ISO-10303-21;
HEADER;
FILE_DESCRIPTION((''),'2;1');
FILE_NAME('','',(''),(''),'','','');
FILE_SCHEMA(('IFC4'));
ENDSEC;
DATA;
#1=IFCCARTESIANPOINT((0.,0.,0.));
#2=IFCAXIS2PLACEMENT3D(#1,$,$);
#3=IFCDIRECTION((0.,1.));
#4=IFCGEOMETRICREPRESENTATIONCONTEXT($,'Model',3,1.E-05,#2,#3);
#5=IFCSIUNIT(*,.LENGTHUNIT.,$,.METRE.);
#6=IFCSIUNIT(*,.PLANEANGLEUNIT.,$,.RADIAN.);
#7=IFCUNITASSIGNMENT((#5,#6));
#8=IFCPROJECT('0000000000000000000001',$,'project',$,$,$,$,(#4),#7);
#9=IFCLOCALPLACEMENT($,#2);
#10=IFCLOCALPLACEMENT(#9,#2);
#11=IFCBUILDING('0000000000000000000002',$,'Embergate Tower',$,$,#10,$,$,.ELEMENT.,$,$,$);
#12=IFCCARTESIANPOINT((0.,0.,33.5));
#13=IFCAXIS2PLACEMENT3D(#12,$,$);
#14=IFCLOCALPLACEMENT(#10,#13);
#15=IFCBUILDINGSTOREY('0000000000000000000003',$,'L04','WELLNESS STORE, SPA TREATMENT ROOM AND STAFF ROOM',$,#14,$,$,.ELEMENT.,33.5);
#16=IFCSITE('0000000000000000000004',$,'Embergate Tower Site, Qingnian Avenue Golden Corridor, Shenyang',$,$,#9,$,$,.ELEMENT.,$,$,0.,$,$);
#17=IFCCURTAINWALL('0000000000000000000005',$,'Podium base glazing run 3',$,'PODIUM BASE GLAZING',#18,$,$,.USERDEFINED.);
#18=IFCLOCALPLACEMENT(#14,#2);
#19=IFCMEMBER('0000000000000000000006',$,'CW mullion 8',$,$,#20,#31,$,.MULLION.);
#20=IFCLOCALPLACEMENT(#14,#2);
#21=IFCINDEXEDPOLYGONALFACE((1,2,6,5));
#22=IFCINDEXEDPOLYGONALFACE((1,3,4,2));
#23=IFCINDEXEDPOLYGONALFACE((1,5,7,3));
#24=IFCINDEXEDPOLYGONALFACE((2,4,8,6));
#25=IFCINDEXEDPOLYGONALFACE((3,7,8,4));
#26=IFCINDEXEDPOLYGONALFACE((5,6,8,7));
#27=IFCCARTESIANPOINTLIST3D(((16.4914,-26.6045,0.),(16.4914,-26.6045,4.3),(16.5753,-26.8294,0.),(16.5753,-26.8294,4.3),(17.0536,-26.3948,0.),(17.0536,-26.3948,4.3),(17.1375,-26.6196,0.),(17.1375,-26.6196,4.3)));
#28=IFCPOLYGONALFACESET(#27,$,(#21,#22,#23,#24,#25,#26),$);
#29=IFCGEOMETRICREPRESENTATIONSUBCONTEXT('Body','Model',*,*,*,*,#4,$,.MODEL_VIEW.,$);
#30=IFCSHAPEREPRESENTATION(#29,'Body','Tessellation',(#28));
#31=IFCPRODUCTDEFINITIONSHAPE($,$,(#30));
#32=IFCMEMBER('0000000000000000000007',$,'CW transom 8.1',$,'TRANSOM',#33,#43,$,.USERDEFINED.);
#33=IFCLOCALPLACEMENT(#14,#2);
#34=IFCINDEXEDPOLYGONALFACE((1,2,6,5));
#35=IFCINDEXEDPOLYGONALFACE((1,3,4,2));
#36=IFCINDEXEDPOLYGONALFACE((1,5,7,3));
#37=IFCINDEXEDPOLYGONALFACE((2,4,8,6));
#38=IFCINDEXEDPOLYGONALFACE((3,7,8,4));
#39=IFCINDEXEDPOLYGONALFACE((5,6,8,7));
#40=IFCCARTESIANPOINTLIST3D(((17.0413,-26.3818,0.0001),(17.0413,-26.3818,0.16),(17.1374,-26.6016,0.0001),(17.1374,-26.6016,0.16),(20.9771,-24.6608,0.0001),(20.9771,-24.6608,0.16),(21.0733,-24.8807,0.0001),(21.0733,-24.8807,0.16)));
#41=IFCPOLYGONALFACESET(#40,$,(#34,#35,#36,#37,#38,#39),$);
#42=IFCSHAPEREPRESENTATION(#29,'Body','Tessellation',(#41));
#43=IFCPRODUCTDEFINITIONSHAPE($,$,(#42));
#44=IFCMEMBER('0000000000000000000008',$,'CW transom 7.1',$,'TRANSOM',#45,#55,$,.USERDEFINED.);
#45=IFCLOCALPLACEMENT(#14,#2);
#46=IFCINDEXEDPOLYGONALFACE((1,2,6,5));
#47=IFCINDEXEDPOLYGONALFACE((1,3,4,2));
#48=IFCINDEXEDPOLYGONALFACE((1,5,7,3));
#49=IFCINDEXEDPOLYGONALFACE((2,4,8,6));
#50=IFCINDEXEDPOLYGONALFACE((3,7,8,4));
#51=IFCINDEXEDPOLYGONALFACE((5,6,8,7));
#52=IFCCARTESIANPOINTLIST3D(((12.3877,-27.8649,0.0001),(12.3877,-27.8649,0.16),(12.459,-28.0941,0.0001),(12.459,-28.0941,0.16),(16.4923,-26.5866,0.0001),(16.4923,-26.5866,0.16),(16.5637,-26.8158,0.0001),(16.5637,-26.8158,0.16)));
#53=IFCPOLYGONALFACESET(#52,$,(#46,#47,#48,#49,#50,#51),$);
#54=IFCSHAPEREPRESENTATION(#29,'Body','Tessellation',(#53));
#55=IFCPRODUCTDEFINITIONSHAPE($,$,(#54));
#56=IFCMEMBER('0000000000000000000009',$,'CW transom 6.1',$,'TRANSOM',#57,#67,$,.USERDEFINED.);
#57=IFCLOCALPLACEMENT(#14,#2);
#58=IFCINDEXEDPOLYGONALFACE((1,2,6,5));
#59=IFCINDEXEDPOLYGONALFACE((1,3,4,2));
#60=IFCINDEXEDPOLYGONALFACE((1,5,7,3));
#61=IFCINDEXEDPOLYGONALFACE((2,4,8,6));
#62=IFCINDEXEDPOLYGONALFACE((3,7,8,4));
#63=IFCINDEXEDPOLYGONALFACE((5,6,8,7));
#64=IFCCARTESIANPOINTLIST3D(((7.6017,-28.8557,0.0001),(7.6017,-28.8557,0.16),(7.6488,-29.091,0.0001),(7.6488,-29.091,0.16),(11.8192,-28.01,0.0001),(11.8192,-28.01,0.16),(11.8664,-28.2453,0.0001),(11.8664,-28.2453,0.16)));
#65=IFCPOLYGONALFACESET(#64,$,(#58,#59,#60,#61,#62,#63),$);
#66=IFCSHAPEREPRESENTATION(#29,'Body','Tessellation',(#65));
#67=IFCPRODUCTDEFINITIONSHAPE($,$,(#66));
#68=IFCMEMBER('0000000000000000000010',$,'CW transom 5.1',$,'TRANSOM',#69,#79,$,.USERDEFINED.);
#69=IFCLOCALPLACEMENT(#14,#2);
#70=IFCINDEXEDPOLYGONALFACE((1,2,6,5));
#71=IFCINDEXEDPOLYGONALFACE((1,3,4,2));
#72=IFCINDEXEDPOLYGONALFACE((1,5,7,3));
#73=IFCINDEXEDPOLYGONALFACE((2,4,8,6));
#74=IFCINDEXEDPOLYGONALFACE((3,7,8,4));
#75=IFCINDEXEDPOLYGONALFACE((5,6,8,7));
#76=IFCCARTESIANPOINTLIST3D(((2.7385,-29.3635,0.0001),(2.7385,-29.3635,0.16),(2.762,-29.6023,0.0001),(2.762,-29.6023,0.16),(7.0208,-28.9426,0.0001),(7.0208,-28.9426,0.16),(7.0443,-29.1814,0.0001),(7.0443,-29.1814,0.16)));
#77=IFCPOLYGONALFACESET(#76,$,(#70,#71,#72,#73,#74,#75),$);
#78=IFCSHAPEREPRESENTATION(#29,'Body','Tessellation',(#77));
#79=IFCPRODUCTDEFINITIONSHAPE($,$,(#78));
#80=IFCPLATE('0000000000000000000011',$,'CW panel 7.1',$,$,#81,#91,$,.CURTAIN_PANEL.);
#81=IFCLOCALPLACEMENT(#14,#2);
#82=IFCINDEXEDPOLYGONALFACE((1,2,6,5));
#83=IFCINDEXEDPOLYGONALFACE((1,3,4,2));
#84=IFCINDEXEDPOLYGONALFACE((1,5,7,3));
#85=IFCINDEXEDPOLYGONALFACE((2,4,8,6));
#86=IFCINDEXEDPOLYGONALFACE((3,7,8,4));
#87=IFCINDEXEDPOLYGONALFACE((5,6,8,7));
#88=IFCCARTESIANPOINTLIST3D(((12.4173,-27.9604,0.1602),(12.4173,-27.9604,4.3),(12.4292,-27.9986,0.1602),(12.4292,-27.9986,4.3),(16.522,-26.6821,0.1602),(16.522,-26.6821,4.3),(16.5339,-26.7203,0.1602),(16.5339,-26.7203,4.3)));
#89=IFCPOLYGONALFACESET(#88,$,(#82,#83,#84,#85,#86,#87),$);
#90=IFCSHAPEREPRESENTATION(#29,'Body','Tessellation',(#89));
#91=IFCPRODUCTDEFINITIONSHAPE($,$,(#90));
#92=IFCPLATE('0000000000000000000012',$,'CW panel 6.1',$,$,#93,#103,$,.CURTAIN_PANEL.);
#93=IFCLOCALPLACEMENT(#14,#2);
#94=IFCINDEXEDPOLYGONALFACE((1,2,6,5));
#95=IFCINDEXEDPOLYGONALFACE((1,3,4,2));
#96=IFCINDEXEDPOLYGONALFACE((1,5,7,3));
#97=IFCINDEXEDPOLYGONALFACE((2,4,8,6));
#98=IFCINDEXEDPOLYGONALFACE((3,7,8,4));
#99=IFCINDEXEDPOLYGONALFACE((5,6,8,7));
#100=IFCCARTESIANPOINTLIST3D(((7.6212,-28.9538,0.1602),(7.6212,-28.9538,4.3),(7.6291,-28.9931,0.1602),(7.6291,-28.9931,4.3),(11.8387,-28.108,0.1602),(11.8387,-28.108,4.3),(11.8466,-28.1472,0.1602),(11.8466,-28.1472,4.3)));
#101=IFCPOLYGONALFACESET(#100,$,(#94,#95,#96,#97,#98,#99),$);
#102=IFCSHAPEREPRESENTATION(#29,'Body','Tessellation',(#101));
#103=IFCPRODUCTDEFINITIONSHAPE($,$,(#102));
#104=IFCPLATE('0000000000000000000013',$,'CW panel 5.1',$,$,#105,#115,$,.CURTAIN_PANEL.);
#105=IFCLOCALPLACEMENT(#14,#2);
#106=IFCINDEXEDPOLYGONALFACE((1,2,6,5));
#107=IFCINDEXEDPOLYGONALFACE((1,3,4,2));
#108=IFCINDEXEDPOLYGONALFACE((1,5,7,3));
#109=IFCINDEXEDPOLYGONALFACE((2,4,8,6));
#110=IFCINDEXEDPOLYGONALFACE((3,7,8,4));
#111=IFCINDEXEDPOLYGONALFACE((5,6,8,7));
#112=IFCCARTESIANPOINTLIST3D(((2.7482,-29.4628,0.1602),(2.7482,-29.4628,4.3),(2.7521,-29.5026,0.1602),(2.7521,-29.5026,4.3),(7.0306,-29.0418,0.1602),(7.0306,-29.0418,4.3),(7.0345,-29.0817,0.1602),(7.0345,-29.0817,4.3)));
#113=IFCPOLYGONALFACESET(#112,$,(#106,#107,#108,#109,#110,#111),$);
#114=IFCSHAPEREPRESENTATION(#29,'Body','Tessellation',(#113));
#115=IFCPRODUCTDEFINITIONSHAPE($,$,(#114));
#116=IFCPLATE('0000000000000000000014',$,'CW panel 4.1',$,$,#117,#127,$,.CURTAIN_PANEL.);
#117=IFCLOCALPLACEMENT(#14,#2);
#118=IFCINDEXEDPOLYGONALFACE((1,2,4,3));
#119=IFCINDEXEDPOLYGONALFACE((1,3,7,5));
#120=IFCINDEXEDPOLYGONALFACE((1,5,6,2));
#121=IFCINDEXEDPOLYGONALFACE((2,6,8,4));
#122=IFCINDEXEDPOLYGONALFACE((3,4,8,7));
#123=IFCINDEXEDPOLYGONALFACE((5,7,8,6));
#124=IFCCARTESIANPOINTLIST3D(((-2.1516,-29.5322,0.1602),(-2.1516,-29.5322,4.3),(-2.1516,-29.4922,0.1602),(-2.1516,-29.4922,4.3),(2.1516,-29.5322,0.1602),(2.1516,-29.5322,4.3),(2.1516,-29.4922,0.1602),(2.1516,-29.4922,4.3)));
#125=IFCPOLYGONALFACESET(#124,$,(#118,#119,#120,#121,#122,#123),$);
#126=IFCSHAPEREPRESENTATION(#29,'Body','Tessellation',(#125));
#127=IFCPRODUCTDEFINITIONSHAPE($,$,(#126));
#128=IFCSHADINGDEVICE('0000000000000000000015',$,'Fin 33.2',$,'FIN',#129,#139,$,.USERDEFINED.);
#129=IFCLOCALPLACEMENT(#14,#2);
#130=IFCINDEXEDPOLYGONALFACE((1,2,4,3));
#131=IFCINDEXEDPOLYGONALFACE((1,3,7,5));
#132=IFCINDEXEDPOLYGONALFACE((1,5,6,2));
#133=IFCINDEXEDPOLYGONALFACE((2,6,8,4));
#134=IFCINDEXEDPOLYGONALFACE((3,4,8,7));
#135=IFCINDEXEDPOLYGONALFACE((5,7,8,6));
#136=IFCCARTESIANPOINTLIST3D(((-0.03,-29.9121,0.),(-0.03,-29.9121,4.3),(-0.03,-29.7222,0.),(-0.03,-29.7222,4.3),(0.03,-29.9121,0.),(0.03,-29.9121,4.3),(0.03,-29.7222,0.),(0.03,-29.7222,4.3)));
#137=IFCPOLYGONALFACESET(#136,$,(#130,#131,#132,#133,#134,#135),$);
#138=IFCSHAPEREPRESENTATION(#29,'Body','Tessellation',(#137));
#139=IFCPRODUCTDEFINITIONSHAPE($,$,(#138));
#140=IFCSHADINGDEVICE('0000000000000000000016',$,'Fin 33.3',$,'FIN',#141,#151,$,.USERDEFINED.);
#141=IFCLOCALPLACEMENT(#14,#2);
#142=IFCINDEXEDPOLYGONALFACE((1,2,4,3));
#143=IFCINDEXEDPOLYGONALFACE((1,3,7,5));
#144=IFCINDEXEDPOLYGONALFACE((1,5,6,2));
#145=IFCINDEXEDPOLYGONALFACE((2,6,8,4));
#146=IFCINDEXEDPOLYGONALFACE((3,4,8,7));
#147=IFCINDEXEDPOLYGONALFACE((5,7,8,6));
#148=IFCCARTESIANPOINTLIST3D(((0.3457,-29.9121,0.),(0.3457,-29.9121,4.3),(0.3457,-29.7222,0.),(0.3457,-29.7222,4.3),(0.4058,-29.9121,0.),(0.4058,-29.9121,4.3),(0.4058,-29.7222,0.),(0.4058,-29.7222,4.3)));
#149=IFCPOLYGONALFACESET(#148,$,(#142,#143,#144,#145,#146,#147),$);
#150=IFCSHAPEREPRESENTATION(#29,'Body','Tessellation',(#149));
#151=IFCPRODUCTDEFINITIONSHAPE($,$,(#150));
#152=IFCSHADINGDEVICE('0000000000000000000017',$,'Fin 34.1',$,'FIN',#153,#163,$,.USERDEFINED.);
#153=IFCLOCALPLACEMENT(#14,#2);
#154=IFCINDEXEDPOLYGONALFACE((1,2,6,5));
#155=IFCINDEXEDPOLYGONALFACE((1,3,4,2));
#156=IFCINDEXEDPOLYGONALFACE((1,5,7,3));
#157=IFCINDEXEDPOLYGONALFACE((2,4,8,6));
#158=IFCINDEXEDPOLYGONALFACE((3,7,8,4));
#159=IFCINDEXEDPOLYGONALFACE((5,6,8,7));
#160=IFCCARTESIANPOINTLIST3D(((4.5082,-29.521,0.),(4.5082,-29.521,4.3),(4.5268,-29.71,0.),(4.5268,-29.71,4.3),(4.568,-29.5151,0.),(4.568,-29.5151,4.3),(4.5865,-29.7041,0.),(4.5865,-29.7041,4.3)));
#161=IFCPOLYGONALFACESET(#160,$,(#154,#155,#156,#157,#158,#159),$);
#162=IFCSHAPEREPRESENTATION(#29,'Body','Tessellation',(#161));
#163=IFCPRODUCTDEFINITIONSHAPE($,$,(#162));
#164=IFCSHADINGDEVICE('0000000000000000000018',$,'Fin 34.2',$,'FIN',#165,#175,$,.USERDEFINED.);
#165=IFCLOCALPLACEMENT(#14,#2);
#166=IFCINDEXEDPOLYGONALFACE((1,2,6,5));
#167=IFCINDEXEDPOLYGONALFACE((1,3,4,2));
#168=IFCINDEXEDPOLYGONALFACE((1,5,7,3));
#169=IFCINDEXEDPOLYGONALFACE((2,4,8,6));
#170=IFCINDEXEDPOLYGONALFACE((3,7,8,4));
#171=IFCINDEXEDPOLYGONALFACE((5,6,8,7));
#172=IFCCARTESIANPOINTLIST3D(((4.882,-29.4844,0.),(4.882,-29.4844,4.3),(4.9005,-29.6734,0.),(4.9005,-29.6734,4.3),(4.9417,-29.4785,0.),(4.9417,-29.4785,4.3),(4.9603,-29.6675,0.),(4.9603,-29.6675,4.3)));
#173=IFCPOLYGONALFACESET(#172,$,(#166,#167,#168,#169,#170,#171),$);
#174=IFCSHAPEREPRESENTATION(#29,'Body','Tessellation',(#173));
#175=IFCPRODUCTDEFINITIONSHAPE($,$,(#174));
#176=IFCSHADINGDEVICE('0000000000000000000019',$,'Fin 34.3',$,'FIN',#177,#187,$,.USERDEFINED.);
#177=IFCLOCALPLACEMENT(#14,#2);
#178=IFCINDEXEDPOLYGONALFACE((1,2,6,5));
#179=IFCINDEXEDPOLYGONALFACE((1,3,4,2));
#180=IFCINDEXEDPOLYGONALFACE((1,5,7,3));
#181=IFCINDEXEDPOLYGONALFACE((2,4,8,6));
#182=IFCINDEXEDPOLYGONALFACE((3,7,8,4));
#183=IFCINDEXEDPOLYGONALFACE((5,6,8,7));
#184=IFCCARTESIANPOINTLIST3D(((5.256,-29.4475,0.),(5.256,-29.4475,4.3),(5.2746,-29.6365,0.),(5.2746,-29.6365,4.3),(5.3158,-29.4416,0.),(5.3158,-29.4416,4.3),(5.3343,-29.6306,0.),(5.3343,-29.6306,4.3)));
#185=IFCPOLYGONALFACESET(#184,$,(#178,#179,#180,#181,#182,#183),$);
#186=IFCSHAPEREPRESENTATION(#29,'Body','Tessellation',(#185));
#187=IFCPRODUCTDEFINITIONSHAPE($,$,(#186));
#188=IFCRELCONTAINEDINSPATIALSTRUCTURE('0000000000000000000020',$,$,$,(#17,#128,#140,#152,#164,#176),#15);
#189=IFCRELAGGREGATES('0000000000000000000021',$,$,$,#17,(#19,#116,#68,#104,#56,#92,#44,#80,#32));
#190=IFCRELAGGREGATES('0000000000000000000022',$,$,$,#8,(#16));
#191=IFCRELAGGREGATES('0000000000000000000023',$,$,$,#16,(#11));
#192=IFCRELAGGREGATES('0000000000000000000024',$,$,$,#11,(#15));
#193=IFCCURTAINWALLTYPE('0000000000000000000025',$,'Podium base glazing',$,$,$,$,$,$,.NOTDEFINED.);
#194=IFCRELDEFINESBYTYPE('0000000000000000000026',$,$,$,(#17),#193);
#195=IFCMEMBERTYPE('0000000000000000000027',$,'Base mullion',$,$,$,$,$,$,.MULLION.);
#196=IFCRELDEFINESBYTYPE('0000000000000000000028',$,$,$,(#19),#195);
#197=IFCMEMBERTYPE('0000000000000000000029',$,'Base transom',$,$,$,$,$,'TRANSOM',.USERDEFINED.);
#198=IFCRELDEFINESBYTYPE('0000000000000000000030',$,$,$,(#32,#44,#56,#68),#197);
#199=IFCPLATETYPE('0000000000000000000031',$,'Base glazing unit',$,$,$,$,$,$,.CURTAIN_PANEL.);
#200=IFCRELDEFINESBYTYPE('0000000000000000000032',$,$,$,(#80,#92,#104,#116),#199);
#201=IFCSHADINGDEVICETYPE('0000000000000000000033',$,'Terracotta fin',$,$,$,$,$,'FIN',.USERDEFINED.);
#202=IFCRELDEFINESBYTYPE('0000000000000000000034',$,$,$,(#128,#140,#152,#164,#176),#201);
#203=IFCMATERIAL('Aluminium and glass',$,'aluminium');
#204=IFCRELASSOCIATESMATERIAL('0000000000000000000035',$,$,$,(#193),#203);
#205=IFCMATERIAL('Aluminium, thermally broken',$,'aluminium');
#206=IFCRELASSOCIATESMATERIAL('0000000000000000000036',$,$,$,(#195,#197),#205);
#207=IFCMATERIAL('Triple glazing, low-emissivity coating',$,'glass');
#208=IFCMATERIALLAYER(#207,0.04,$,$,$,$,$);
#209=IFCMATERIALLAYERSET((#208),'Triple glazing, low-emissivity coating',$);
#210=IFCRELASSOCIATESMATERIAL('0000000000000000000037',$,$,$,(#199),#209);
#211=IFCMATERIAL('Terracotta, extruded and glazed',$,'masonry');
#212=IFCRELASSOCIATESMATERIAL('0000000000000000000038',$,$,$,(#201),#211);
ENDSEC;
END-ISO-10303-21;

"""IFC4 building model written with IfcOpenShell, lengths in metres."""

from ifc_helpers import new_model, si_unit, direction, frame, origin, origin_2d, place, context, subcontext, project, spatial, rectangle, extrude, source, transform, mapped, material, layer, layer_set, material_profile, profile_set, type_object, element, aggregate, save


model = new_model("IFC4")

# Units and contexts
model_context = context("Model", 3, precision=1e-05, world=origin(), true_north=direction((0.0, 1.0)))
body_context = subcontext(model_context, "Body", "Model", "MODEL_VIEW")
ifc_project = project(units=[si_unit("LENGTHUNIT", "METRE"), si_unit("PLANEANGLEUNIT", "RADIAN")], contexts=[model_context])

# Site, building, storey
site_placement = place(None, origin())
site = spatial("IfcSite", under=ifc_project, at=site_placement, Name="Embergate Tower Site, Qingnian Avenue Golden Corridor, Shenyang", CompositionType="ELEMENT", RefElevation=0.0)
building_placement = place(site_placement, origin())
building = spatial("IfcBuilding", under=site, at=building_placement, Name="Embergate Tower", CompositionType="ELEMENT")
storey_placement = place(building_placement, frame((0.0, 0.0, 33.5)))
storey = spatial("IfcBuildingStorey", under=building, at=storey_placement, Name="L04", Description="WELLNESS STORE, SPA TREATMENT ROOM AND STAFF ROOM", CompositionType="ELEMENT", Elevation=33.5)

# Curtain wall, members, plates
ifc_material_1 = material(Name="Aluminium and glass", Category="aluminium")
curtain_wall_type = type_object("IfcCurtainWallType", Name="Podium base glazing", PredefinedType="NOTDEFINED", material=ifc_material_1)
curtain_wall_placement = place(storey_placement, origin())
curtain_wall = element("IfcCurtainWall", 1, at=curtain_wall_placement, inside=storey, type_object=curtain_wall_type, Name="Podium base glazing run 3", ObjectType="PODIUM BASE GLAZING", PredefinedType="USERDEFINED")
ifc_material_2 = material(Name="Aluminium, thermally broken", Category="aluminium")
ifc_material_profile_1 = material_profile(ifc_material_2, rectangle(XDim=0.24, YDim=0.6001, at=origin_2d()), Name="AL 600x240")
ifc_profile_set_1 = profile_set([ifc_material_profile_1], Name="Aluminium, thermally broken")
member_type_1 = type_object("IfcMemberType", Name="Base mullion", PredefinedType="MULLION", material=ifc_profile_set_1)
shared_shape_1 = source(origin(), body_context, "Body", "SweptSolid", [
    extrude(rectangle(XDim=0.24, YDim=0.6001, at=origin_2d()), origin(), (0.0, 0.0, 1.0), 4.3),
])
member_1_placement = place(storey_placement, frame((16.8145, -26.6121, 0.0), z_axis=(0.0, 0.0, 1.0), x_axis=(-0.349499, 0.936937, 0.0)))
member_1 = element("IfcMember", 2, at=member_1_placement, type_object=member_type_1, Name="CW mullion 8", PredefinedType="MULLION", context=body_context, shape_type="MappedRepresentation", body=[
    mapped(shared_shape_1, transform((0.0, 0.0, 0.0))),
])
ifc_material_profile_2 = material_profile(ifc_material_2, rectangle(XDim=0.24, YDim=0.1599, at=origin_2d()), Name="AL 160x240")
ifc_profile_set_2 = profile_set([ifc_material_profile_2], Name="Aluminium, thermally broken")
member_type_2 = type_object("IfcMemberType", Name="Base transom", ElementType="TRANSOM", PredefinedType="USERDEFINED", material=ifc_profile_set_2)
shared_shape_2 = source(origin(), body_context, "Body", "SweptSolid", [
    extrude(rectangle(XDim=0.24, YDim=0.1599, at=origin_2d()), origin(), (0.0, 0.0, 1.0), 4.2957),
])
member_2_placement = place(storey_placement, frame((17.0894, -26.4917, 0.0801), z_axis=(0.916239, 0.400631, 0.0), x_axis=(-0.400631, 0.916239, 0.0)))
member_2 = element("IfcMember", 3, at=member_2_placement, type_object=member_type_2, Name="CW transom 8.1", ObjectType="TRANSOM", PredefinedType="USERDEFINED", context=body_context, shape_type="MappedRepresentation", body=[
    mapped(shared_shape_2, transform((0.0, 0.0, 0.0))),
])
shared_shape_3 = source(origin(), body_context, "Body", "SweptSolid", [
    extrude(rectangle(XDim=0.24, YDim=0.1599, at=origin_2d()), origin(), (0.0, 0.0, 1.0), 4.2991),
])
member_3_placement = place(storey_placement, frame((12.4233, -27.9795, 0.0801), z_axis=(0.954772, 0.29734, 0.0), x_axis=(-0.29734, 0.954772, 0.0)))
member_3 = element("IfcMember", 4, at=member_3_placement, type_object=member_type_2, Name="CW transom 7.1", ObjectType="TRANSOM", PredefinedType="USERDEFINED", context=body_context, shape_type="MappedRepresentation", body=[
    mapped(shared_shape_3, transform((0.0, 0.0, 0.0))),
])
shared_shape_4 = source(origin(), body_context, "Body", "SweptSolid", [
    extrude(rectangle(XDim=0.24, YDim=0.1599, at=origin_2d()), origin(), (0.0, 0.0, 1.0), 4.3015),
])
member_4_placement = place(storey_placement, frame((7.6252, -28.9734, 0.0801), z_axis=(0.980482, 0.196607, 0.0), x_axis=(-0.196607, 0.980482, 0.0)))
member_4 = element("IfcMember", 5, at=member_4_placement, type_object=member_type_2, Name="CW transom 6.1", ObjectType="TRANSOM", PredefinedType="USERDEFINED", context=body_context, shape_type="MappedRepresentation", body=[
    mapped(shared_shape_4, transform((0.0, 0.0, 0.0))),
])
shared_shape_5 = source(origin(), body_context, "Body", "SweptSolid", [
    extrude(rectangle(XDim=0.24, YDim=0.1599, at=origin_2d()), origin(), (0.0, 0.0, 1.0), 4.303),
])
member_5_placement = place(storey_placement, frame((2.7502, -29.4829, 0.0801), z_axis=(0.995204, 0.097818, 0.0), x_axis=(-0.097818, 0.995204, 0.0)))
member_5 = element("IfcMember", 6, at=member_5_placement, type_object=member_type_2, Name="CW transom 5.1", ObjectType="TRANSOM", PredefinedType="USERDEFINED", context=body_context, shape_type="MappedRepresentation", body=[
    mapped(shared_shape_5, transform((0.0, 0.0, 0.0))),
])
ifc_material_3 = material(Name="Triple glazing, low-emissivity coating", Category="glass")
ifc_layer = layer(ifc_material_3, 0.04)
ifc_layer_set = layer_set([ifc_layer], Name="Triple glazing, low-emissivity coating")
plate_type = type_object("IfcPlateType", Name="Base glazing unit", PredefinedType="CURTAIN_PANEL", material=ifc_layer_set)
shared_shape_6 = source(origin(), body_context, "Body", "SweptSolid", [
    extrude(rectangle(XDim=4.2991, YDim=0.04, at=origin_2d()), origin(), (0.0, 0.0, 1.0), 4.1399),
])
plate_1_placement = place(storey_placement, frame((14.4756, -27.3403, 0.1602), z_axis=(0.0, 0.0, 1.0), x_axis=(0.954773, 0.297337, 0.0)))
plate_1 = element("IfcPlate", 7, at=plate_1_placement, type_object=plate_type, Name="CW panel 7.1", PredefinedType="CURTAIN_PANEL", context=body_context, shape_type="MappedRepresentation", body=[
    mapped(shared_shape_6, transform((0.0, 0.0, 0.0))),
])
shared_shape_7 = source(origin(), body_context, "Body", "SweptSolid", [
    extrude(rectangle(XDim=4.3015, YDim=0.04, at=origin_2d()), origin(), (0.0, 0.0, 1.0), 4.1399),
])
plate_2_placement = place(storey_placement, frame((9.7339, -28.5505, 0.1602), z_axis=(0.0, 0.0, 1.0), x_axis=(0.980476, 0.196638, 0.0)))
plate_2 = element("IfcPlate", 8, at=plate_2_placement, type_object=plate_type, Name="CW panel 6.1", PredefinedType="CURTAIN_PANEL", context=body_context, shape_type="MappedRepresentation", body=[
    mapped(shared_shape_7, transform((0.0, 0.0, 0.0))),
])
shared_shape_8 = source(origin(), body_context, "Body", "SweptSolid", [
    extrude(rectangle(XDim=4.303, YDim=0.04, at=origin_2d()), origin(), (0.0, 0.0, 1.0), 4.1399),
])
plate_3_placement = place(storey_placement, frame((4.8914, -29.2722, 0.1602), z_axis=(0.0, 0.0, 1.0), x_axis=(0.995203, 0.097828, 0.0)))
plate_3 = element("IfcPlate", 9, at=plate_3_placement, type_object=plate_type, Name="CW panel 5.1", PredefinedType="CURTAIN_PANEL", context=body_context, shape_type="MappedRepresentation", body=[
    mapped(shared_shape_8, transform((0.0, 0.0, 0.0))),
])
shared_shape_9 = source(origin(), body_context, "Body", "SweptSolid", [
    extrude(rectangle(XDim=4.3032, YDim=0.04, at=origin_2d()), origin(), (0.0, 0.0, 1.0), 4.1399),
])
plate_4_placement = place(storey_placement, frame((0.0, -29.5122, 0.1602), z_axis=(0.0, 0.0, 1.0), x_axis=(1.0, 0.0, 0.0)))
plate_4 = element("IfcPlate", 10, at=plate_4_placement, type_object=plate_type, Name="CW panel 4.1", PredefinedType="CURTAIN_PANEL", context=body_context, shape_type="MappedRepresentation", body=[
    mapped(shared_shape_9, transform((0.0, 0.0, 0.0))),
])
aggregate(curtain_wall, [member_1, plate_4, member_5, plate_3, member_4, plate_2, member_3, plate_1, member_2])

# Shading devices
ifc_material_4 = material(Name="Terracotta, extruded and glazed", Category="masonry")
ifc_material_profile_3 = material_profile(ifc_material_4, rectangle(XDim=0.1899, YDim=0.0601, at=origin_2d()), Name="TC 190x60")
ifc_profile_set_3 = profile_set([ifc_material_profile_3], Name="Terracotta, extruded and glazed")
shading_device_type = type_object("IfcShadingDeviceType", Name="Terracotta fin", ElementType="FIN", PredefinedType="USERDEFINED", material=ifc_profile_set_3)
shared_shape_10 = source(origin(), body_context, "Body", "SweptSolid", [
    extrude(rectangle(XDim=0.1899, YDim=0.0601, at=origin_2d()), origin(), (0.0, 0.0, 1.0), 4.3),
])
for number, where, z_axis, x_axis, name in (
    (11, (0.0, -29.8171, 0.0), (0.0, 0.0, 1.0), (0.0, 1.0, 0.0), "Fin 33.2"),
    (12, (0.3757, -29.8171, 0.0), (0.0, 0.0, 1.0), (0.0, 1.0, 0.0), "Fin 33.3"),
    (13, (4.5474, -29.6125, 0.0), (0.0, 0.0, 1.0), (-0.097828, 0.995203, 0.0), "Fin 34.1"),
    (14, (4.9211, -29.5759, 0.0), (0.0, 0.0, 1.0), (-0.097828, 0.995203, 0.0), "Fin 34.2"),
    (15, (5.2952, -29.5391, 0.0), (0.0, 0.0, 1.0), (-0.097828, 0.995203, 0.0), "Fin 34.3"),
):
    element("IfcShadingDevice", number, at=place(storey_placement, frame(where, z_axis=z_axis, x_axis=x_axis)), inside=storey, type_object=shading_device_type, Name=name, ObjectType="FIN", PredefinedType="USERDEFINED", context=body_context, shape_type="MappedRepresentation", body=[
        mapped(shared_shape_10, transform((0.0, 0.0, 0.0))),
    ])

save(model, "model.ifc")
